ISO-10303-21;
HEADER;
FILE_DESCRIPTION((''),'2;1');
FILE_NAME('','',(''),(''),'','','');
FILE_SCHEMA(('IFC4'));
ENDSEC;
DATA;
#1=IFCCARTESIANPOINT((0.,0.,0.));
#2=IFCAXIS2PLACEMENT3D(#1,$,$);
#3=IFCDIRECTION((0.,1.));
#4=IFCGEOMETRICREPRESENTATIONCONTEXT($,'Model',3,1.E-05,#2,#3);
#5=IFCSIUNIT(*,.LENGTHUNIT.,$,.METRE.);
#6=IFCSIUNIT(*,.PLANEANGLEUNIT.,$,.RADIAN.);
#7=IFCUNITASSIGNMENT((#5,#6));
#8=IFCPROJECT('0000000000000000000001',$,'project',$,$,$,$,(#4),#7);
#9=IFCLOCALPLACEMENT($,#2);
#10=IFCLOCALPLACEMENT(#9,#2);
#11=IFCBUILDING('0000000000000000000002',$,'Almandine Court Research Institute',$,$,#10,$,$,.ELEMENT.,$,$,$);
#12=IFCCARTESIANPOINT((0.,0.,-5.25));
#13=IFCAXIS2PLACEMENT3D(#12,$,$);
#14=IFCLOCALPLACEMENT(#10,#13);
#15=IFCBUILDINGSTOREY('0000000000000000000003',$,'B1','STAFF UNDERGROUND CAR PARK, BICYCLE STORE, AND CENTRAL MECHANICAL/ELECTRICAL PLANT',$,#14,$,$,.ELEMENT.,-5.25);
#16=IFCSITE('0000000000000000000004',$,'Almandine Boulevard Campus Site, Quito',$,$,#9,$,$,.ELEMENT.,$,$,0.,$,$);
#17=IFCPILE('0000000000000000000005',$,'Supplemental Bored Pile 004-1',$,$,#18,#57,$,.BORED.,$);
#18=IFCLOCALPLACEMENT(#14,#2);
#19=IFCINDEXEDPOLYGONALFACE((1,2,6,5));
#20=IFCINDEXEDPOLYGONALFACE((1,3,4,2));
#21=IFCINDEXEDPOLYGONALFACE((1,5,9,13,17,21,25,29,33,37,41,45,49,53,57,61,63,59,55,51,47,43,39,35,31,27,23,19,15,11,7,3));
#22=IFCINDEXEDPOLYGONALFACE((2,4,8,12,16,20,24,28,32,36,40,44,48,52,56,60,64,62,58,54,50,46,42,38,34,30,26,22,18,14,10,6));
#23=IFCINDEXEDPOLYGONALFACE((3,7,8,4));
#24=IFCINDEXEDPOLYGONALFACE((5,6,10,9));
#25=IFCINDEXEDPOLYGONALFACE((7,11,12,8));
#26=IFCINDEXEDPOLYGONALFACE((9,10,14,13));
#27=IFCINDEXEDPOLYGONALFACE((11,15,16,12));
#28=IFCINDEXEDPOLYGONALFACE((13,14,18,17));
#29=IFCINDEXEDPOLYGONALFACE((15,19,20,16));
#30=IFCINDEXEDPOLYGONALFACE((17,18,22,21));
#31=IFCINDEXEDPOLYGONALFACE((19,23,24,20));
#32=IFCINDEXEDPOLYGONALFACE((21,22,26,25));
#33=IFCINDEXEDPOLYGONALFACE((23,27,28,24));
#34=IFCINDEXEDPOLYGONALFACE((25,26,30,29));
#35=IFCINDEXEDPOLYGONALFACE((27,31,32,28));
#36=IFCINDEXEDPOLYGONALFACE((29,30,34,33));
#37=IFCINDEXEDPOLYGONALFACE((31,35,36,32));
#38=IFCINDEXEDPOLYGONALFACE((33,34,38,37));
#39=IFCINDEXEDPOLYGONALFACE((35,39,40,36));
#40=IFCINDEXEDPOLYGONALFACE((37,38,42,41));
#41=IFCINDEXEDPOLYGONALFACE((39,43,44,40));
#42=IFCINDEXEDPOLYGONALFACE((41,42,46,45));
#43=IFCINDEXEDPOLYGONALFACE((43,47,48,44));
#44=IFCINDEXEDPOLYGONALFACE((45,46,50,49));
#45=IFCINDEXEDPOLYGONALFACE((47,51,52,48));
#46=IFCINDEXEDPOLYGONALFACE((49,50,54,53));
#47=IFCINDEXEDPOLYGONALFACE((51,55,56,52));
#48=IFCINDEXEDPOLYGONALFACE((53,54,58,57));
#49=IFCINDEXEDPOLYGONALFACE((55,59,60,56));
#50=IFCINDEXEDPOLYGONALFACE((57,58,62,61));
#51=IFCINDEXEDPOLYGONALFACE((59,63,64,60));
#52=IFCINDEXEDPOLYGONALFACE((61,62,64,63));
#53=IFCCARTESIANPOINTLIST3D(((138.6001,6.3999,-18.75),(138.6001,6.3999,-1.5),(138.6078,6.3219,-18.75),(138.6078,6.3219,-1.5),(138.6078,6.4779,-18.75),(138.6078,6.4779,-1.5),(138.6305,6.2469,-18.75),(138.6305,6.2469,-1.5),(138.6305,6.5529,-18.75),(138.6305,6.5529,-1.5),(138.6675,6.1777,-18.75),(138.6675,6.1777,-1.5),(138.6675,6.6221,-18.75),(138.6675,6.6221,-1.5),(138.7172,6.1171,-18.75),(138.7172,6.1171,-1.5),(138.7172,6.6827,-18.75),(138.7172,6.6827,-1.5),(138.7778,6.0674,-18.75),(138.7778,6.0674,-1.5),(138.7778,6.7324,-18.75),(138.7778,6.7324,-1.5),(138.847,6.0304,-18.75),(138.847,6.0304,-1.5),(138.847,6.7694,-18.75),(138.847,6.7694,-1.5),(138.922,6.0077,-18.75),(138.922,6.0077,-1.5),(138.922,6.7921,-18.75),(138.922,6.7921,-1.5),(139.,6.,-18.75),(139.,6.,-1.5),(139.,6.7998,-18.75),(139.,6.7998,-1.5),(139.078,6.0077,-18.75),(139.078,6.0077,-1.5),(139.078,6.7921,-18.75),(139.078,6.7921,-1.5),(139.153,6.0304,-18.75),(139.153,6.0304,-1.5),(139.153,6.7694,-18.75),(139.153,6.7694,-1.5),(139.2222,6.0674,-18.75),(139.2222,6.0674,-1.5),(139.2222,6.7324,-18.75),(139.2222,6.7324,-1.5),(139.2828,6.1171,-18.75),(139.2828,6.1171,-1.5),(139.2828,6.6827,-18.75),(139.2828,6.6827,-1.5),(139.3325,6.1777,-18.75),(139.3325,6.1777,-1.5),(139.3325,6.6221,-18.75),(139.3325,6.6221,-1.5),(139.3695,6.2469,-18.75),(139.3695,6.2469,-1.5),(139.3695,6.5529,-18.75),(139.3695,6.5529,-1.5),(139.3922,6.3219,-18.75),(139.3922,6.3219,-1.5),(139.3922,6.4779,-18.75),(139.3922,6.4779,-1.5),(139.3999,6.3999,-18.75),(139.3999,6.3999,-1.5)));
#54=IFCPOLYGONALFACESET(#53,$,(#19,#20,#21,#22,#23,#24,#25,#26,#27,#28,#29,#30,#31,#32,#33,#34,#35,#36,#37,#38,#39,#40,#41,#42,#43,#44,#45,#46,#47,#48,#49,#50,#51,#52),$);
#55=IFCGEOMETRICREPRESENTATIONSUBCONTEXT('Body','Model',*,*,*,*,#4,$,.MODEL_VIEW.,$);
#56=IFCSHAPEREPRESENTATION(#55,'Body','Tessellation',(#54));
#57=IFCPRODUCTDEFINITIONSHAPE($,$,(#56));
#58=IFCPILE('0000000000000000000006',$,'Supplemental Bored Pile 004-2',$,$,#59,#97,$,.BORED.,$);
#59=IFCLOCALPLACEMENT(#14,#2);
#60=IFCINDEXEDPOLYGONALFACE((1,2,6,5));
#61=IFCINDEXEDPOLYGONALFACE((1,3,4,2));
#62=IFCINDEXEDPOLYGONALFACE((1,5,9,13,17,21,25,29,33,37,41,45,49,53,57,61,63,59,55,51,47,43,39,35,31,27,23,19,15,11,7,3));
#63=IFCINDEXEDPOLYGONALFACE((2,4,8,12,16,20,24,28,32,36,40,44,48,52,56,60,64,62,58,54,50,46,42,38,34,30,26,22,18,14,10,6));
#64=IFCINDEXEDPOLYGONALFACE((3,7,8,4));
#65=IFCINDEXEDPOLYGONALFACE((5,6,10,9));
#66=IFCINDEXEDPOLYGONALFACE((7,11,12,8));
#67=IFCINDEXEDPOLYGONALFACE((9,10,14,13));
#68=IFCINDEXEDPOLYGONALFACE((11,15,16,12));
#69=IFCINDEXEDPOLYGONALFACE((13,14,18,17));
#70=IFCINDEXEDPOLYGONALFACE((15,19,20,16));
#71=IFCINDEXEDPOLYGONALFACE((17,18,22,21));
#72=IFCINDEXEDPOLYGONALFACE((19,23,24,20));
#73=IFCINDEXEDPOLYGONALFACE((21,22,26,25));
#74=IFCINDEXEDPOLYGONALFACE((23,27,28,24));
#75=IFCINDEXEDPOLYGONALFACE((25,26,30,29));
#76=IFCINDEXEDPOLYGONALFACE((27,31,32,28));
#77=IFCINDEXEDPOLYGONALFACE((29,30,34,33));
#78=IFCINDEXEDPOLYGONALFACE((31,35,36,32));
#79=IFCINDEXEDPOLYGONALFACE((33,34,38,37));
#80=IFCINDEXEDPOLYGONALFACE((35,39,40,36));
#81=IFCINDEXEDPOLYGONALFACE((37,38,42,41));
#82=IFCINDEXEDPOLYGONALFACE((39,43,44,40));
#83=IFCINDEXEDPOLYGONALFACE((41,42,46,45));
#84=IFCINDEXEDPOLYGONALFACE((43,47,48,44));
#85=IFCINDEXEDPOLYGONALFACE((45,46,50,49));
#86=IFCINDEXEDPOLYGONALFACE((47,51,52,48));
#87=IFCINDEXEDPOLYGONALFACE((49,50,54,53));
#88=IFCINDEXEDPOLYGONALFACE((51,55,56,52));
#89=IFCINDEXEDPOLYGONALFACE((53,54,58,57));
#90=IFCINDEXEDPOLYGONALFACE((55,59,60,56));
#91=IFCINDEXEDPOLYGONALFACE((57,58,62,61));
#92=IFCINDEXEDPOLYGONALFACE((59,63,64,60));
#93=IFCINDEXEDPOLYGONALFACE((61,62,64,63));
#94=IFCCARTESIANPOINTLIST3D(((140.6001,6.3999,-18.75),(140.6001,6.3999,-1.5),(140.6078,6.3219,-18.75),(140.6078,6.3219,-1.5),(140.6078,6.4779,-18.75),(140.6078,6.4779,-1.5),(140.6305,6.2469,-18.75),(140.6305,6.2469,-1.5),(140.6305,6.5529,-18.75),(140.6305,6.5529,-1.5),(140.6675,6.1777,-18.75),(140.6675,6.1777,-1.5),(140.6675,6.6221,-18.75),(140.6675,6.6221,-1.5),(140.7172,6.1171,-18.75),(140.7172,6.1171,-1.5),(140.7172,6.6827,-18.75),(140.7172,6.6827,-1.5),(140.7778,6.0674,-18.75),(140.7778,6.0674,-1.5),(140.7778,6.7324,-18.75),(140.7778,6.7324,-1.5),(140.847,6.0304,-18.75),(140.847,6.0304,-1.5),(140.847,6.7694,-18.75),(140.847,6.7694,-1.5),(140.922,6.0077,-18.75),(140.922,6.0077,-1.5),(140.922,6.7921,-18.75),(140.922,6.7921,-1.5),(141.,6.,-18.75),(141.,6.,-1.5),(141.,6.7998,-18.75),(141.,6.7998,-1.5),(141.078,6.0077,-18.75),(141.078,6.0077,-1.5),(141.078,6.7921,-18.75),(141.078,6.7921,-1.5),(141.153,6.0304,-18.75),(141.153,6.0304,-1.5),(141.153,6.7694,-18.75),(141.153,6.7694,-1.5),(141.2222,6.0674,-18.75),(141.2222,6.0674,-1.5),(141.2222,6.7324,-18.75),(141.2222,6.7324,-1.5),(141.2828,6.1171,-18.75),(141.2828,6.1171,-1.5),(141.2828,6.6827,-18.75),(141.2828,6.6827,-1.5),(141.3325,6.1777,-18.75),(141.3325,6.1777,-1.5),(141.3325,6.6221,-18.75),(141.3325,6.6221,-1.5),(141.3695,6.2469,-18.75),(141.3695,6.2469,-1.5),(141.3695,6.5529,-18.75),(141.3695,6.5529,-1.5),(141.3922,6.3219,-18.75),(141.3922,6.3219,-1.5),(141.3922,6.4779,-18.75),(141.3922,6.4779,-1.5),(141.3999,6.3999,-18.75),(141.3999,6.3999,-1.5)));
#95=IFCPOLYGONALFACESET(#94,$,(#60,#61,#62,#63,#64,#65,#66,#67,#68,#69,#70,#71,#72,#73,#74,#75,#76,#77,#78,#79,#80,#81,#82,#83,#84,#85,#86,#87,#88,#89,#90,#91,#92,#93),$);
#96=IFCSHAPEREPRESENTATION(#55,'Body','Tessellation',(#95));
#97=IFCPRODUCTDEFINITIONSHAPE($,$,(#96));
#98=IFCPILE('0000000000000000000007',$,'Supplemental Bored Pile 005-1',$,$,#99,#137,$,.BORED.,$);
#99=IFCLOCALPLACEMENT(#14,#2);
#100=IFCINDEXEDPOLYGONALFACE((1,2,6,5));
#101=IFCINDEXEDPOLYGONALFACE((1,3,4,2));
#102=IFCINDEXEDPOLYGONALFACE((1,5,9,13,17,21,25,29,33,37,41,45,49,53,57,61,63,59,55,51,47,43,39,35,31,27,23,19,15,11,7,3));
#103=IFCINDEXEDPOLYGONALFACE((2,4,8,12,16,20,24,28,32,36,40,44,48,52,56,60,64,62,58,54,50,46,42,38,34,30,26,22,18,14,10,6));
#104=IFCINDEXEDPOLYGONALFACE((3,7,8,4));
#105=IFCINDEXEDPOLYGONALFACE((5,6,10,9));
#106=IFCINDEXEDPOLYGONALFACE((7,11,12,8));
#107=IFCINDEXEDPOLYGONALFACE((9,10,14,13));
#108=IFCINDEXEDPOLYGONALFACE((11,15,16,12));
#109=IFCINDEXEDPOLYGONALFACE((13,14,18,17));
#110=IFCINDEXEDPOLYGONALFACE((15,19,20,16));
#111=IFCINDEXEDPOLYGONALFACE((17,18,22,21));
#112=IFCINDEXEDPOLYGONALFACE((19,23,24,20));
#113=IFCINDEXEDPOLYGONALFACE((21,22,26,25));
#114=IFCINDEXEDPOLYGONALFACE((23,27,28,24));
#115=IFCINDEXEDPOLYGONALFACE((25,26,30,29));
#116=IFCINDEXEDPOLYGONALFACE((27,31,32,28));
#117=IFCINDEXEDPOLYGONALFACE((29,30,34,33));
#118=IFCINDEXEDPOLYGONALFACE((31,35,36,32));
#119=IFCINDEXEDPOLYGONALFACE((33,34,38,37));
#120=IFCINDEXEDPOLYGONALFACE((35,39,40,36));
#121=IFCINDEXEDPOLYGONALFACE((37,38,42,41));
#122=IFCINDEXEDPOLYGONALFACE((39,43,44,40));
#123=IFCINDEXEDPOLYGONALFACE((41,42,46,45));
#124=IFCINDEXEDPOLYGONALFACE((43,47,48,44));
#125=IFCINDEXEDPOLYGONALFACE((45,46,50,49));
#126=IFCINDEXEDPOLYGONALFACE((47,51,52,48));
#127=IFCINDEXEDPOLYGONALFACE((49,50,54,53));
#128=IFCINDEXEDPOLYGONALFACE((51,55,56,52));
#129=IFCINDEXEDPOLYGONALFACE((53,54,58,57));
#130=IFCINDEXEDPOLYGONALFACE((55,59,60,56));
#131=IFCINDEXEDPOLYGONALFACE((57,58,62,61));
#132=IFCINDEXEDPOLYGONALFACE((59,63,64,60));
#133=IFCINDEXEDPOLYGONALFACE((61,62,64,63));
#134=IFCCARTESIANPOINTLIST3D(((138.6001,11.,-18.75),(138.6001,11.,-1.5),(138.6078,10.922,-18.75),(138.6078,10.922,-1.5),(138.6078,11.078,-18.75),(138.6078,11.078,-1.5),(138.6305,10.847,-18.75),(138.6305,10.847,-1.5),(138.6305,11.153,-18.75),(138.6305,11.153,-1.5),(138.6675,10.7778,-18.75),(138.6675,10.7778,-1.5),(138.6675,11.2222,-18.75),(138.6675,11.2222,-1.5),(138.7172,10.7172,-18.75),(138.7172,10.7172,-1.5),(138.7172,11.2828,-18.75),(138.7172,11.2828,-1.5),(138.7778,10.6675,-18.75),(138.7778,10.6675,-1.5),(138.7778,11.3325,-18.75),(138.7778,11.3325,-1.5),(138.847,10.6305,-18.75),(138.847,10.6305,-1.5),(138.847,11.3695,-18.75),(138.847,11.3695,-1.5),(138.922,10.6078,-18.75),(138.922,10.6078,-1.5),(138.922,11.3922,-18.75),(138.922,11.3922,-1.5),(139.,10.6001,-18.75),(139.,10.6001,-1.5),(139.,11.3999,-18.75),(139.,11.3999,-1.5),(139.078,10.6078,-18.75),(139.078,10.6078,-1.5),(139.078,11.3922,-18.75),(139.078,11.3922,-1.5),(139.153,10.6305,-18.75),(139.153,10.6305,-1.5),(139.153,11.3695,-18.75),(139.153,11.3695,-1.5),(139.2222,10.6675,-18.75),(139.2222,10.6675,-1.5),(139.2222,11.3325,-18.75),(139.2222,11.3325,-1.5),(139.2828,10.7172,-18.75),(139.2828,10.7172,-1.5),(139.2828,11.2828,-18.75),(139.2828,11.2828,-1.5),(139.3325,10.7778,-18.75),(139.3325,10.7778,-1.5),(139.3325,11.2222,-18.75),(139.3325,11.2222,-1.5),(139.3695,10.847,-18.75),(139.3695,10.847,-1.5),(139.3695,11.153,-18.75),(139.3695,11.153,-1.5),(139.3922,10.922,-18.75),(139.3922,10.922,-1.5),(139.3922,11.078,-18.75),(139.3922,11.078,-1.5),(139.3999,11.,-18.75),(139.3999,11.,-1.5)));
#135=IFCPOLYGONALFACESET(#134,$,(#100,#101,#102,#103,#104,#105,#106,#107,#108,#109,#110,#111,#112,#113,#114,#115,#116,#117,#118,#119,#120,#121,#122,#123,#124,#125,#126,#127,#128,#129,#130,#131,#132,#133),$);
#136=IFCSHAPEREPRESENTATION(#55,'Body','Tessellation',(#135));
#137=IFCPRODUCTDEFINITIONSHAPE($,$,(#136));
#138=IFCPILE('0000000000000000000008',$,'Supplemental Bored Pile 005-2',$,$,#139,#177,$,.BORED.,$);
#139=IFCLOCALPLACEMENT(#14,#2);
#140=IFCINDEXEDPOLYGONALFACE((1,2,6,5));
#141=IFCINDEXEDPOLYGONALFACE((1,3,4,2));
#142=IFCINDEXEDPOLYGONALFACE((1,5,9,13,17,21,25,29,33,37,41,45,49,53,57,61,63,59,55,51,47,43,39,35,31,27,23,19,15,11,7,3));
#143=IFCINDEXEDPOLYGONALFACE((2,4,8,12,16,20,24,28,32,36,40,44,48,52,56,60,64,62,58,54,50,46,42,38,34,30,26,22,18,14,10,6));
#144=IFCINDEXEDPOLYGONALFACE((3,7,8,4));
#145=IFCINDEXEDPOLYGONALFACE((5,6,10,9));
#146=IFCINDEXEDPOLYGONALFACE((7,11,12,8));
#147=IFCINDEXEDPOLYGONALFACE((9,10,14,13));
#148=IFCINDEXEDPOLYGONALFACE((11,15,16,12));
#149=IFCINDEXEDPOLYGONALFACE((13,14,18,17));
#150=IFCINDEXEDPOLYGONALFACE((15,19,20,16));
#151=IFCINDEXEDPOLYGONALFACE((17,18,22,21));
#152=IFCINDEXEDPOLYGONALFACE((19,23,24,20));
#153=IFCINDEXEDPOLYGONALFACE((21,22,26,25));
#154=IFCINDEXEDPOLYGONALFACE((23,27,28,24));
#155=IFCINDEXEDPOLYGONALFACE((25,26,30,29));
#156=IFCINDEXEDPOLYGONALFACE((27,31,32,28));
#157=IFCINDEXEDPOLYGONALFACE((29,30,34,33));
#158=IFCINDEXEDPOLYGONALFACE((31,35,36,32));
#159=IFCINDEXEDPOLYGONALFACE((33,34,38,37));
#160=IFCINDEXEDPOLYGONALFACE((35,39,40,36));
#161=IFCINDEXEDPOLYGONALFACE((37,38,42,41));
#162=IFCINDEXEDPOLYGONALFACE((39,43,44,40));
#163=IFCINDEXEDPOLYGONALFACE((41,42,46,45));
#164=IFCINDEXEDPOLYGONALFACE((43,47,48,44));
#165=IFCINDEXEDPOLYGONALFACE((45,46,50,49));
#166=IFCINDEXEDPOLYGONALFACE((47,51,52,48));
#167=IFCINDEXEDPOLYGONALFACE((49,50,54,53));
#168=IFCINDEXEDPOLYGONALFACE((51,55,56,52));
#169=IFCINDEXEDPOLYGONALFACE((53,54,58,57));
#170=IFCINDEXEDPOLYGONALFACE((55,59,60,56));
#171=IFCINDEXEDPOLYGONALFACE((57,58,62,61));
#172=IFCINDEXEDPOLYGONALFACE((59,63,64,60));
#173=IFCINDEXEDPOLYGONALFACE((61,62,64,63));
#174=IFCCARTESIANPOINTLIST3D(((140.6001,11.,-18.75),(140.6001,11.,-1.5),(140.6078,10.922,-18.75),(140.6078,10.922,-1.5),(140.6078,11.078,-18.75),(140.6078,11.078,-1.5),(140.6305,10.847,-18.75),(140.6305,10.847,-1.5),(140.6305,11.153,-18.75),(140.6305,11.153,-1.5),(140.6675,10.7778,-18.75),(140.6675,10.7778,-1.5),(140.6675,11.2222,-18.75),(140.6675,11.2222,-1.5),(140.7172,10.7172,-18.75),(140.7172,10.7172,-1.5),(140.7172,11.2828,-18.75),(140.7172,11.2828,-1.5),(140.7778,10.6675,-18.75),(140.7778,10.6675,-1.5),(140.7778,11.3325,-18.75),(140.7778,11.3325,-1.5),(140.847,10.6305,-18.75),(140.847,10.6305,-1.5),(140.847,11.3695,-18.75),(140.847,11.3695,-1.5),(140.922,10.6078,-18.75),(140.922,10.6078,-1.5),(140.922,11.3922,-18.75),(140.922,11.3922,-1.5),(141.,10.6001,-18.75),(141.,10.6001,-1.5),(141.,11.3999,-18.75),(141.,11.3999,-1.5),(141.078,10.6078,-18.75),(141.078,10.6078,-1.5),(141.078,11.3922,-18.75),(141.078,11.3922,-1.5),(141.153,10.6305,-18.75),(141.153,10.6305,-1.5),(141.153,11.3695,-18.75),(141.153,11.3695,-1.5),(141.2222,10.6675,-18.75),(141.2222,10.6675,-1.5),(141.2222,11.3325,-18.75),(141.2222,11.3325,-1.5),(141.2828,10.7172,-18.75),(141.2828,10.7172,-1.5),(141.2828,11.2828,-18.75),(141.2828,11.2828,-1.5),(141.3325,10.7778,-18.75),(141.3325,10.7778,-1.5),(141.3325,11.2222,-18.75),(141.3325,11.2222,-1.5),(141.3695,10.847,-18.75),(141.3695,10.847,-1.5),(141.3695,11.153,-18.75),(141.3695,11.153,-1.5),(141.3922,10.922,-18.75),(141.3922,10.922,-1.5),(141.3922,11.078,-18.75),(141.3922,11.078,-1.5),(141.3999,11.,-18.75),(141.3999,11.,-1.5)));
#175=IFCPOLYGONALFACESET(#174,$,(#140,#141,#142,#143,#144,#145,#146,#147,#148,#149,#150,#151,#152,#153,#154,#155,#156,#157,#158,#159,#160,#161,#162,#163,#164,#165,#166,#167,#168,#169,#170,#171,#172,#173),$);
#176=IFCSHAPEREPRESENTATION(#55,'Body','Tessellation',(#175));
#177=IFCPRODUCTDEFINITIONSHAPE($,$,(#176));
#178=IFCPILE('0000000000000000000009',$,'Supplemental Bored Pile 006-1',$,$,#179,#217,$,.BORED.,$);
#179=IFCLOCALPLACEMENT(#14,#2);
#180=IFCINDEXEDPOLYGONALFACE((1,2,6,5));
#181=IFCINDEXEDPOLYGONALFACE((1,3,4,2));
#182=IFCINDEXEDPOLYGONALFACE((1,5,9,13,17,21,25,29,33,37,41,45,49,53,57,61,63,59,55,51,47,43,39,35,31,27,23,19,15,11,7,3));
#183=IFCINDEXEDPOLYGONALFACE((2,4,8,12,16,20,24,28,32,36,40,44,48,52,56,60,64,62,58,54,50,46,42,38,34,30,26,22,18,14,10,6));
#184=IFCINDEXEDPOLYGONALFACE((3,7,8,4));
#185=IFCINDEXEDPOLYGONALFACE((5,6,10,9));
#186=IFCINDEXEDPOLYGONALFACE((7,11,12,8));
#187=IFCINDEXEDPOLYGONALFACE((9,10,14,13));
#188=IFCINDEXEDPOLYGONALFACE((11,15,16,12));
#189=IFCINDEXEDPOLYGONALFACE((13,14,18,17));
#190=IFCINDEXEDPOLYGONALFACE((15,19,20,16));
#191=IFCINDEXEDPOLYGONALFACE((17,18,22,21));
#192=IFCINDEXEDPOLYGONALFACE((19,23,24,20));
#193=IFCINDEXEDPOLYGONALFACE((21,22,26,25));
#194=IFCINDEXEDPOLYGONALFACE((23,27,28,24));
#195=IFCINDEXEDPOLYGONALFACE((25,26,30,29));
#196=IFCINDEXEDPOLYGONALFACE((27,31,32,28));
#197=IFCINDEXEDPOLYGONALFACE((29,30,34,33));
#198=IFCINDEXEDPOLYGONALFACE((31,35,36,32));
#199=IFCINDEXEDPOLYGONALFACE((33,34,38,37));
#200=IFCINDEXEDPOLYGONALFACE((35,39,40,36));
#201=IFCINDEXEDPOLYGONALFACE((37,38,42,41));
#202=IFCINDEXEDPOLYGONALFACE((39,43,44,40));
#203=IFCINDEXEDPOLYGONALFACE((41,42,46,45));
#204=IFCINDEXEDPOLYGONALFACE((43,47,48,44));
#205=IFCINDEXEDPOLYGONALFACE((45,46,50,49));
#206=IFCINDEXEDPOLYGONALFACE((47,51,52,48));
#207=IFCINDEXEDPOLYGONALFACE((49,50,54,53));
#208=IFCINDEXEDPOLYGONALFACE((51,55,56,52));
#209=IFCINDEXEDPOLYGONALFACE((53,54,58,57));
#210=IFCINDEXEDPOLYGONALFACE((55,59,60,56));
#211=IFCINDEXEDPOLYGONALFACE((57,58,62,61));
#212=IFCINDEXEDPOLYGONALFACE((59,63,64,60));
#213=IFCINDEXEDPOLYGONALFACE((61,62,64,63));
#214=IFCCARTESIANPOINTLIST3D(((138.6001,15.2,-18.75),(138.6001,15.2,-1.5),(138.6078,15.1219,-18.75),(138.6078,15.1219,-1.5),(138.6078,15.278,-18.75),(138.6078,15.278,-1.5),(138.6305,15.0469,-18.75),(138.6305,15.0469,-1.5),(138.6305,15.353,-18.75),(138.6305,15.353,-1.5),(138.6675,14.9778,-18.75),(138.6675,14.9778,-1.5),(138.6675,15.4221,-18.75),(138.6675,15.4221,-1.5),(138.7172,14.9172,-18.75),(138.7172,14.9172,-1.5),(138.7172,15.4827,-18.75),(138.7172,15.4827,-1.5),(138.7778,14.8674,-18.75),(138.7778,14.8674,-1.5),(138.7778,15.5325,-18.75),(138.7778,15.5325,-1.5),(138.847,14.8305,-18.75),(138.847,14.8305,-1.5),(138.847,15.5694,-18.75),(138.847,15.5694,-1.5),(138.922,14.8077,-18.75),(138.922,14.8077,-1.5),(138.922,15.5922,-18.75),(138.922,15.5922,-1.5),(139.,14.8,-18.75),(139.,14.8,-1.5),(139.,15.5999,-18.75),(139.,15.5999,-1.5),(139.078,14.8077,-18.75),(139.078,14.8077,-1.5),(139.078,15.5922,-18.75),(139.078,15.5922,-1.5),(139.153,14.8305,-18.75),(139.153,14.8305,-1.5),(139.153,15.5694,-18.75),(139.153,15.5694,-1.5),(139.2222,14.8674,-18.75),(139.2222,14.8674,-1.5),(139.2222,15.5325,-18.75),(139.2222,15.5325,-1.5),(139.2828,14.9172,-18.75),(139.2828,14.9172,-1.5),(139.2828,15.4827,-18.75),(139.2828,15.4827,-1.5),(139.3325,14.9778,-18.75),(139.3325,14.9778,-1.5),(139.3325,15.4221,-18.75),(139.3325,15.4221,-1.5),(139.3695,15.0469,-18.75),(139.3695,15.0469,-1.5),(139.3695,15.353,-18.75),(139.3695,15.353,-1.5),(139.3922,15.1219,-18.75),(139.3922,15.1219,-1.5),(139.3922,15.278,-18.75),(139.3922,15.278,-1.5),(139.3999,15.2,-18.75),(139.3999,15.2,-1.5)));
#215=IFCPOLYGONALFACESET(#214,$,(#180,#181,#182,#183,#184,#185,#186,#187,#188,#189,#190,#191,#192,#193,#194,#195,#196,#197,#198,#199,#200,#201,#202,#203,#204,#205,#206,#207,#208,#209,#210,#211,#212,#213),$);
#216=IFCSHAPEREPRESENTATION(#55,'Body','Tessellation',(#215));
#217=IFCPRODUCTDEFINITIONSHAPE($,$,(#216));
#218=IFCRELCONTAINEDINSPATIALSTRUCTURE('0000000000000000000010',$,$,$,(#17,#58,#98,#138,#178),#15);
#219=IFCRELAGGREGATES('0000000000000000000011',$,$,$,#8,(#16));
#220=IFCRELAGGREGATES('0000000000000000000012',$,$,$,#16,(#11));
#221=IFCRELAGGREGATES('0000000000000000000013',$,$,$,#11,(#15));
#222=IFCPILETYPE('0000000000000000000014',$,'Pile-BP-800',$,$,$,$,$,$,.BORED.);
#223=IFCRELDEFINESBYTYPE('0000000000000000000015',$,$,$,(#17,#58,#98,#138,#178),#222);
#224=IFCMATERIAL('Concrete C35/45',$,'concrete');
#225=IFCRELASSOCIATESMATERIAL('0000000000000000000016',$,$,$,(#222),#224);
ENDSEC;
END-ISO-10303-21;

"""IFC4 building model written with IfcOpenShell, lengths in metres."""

from ifc_helpers import new_model, si_unit, direction, frame, origin, origin_2d, place, context, subcontext, project, spatial, circle, extrude, material, material_profile, profile_set, type_object, element, save


model = new_model("IFC4")

# Units and contexts
model_context = context("Model", 3, precision=1e-05, world=origin(), true_north=direction((0.0, 1.0)))
body_context = subcontext(model_context, "Body", "Model", "MODEL_VIEW")
ifc_project = project(units=[si_unit("LENGTHUNIT", "METRE"), si_unit("PLANEANGLEUNIT", "RADIAN")], contexts=[model_context])

# Site, building, storey
site_placement = place(None, origin())
site = spatial("IfcSite", under=ifc_project, at=site_placement, Name="Almandine Boulevard Campus Site, Quito", CompositionType="ELEMENT", RefElevation=0.0)
building_placement = place(site_placement, origin())
building = spatial("IfcBuilding", under=site, at=building_placement, Name="Almandine Court Research Institute", CompositionType="ELEMENT")
storey_placement = place(building_placement, frame((0.0, 0.0, -5.25)))
storey = spatial("IfcBuildingStorey", under=building, at=storey_placement, Name="B1", Description="STAFF UNDERGROUND CAR PARK, BICYCLE STORE, AND CENTRAL MECHANICAL/ELECTRICAL PLANT", CompositionType="ELEMENT", Elevation=-5.25)

# Shared definitions
ifc_material_1 = material(Name="Concrete C35/45", Category="concrete")

# Piles
ifc_material_profile_1 = material_profile(ifc_material_1, circle(Radius=0.3999, at=origin_2d()), Name="BORED PILE D800")
ifc_profile_set_1 = profile_set([ifc_material_profile_1], Name="Concrete C35/45")
pile_type = type_object("IfcPileType", Name="Pile-BP-800", PredefinedType="BORED", material=ifc_profile_set_1)
for number, where, z_axis, x_axis, name in (
    (1, (139.0, 6.3999, -1.5), (0.0, 0.0, -1.0), (1.0, 0.0, 0.0), "Supplemental Bored Pile 004-1"),
    (2, (141.0, 6.3999, -1.5), (0.0, 0.0, -1.0), (1.0, 0.0, 0.0), "Supplemental Bored Pile 004-2"),
    (3, (139.0, 11.0, -1.5), (0.0, 0.0, -1.0), (1.0, 0.0, 0.0), "Supplemental Bored Pile 005-1"),
    (4, (141.0, 11.0, -1.5), (0.0, 0.0, -1.0), (1.0, 0.0, 0.0), "Supplemental Bored Pile 005-2"),
    (5, (139.0, 15.2, -1.5), (0.0, 0.0, -1.0), (1.0, 0.0, 0.0), "Supplemental Bored Pile 006-1"),
):
    element("IfcPile", number, at=place(storey_placement, frame(where, z_axis=z_axis, x_axis=x_axis)), inside=storey, type_object=pile_type, Name=name, PredefinedType="BORED", context=body_context, shape_type="SweptSolid", body=[
        extrude(circle(Radius=0.3999, at=origin_2d()), origin(), (0.0, 0.0, 1.0), 17.25),
    ])

save(model, "model.ifc")
